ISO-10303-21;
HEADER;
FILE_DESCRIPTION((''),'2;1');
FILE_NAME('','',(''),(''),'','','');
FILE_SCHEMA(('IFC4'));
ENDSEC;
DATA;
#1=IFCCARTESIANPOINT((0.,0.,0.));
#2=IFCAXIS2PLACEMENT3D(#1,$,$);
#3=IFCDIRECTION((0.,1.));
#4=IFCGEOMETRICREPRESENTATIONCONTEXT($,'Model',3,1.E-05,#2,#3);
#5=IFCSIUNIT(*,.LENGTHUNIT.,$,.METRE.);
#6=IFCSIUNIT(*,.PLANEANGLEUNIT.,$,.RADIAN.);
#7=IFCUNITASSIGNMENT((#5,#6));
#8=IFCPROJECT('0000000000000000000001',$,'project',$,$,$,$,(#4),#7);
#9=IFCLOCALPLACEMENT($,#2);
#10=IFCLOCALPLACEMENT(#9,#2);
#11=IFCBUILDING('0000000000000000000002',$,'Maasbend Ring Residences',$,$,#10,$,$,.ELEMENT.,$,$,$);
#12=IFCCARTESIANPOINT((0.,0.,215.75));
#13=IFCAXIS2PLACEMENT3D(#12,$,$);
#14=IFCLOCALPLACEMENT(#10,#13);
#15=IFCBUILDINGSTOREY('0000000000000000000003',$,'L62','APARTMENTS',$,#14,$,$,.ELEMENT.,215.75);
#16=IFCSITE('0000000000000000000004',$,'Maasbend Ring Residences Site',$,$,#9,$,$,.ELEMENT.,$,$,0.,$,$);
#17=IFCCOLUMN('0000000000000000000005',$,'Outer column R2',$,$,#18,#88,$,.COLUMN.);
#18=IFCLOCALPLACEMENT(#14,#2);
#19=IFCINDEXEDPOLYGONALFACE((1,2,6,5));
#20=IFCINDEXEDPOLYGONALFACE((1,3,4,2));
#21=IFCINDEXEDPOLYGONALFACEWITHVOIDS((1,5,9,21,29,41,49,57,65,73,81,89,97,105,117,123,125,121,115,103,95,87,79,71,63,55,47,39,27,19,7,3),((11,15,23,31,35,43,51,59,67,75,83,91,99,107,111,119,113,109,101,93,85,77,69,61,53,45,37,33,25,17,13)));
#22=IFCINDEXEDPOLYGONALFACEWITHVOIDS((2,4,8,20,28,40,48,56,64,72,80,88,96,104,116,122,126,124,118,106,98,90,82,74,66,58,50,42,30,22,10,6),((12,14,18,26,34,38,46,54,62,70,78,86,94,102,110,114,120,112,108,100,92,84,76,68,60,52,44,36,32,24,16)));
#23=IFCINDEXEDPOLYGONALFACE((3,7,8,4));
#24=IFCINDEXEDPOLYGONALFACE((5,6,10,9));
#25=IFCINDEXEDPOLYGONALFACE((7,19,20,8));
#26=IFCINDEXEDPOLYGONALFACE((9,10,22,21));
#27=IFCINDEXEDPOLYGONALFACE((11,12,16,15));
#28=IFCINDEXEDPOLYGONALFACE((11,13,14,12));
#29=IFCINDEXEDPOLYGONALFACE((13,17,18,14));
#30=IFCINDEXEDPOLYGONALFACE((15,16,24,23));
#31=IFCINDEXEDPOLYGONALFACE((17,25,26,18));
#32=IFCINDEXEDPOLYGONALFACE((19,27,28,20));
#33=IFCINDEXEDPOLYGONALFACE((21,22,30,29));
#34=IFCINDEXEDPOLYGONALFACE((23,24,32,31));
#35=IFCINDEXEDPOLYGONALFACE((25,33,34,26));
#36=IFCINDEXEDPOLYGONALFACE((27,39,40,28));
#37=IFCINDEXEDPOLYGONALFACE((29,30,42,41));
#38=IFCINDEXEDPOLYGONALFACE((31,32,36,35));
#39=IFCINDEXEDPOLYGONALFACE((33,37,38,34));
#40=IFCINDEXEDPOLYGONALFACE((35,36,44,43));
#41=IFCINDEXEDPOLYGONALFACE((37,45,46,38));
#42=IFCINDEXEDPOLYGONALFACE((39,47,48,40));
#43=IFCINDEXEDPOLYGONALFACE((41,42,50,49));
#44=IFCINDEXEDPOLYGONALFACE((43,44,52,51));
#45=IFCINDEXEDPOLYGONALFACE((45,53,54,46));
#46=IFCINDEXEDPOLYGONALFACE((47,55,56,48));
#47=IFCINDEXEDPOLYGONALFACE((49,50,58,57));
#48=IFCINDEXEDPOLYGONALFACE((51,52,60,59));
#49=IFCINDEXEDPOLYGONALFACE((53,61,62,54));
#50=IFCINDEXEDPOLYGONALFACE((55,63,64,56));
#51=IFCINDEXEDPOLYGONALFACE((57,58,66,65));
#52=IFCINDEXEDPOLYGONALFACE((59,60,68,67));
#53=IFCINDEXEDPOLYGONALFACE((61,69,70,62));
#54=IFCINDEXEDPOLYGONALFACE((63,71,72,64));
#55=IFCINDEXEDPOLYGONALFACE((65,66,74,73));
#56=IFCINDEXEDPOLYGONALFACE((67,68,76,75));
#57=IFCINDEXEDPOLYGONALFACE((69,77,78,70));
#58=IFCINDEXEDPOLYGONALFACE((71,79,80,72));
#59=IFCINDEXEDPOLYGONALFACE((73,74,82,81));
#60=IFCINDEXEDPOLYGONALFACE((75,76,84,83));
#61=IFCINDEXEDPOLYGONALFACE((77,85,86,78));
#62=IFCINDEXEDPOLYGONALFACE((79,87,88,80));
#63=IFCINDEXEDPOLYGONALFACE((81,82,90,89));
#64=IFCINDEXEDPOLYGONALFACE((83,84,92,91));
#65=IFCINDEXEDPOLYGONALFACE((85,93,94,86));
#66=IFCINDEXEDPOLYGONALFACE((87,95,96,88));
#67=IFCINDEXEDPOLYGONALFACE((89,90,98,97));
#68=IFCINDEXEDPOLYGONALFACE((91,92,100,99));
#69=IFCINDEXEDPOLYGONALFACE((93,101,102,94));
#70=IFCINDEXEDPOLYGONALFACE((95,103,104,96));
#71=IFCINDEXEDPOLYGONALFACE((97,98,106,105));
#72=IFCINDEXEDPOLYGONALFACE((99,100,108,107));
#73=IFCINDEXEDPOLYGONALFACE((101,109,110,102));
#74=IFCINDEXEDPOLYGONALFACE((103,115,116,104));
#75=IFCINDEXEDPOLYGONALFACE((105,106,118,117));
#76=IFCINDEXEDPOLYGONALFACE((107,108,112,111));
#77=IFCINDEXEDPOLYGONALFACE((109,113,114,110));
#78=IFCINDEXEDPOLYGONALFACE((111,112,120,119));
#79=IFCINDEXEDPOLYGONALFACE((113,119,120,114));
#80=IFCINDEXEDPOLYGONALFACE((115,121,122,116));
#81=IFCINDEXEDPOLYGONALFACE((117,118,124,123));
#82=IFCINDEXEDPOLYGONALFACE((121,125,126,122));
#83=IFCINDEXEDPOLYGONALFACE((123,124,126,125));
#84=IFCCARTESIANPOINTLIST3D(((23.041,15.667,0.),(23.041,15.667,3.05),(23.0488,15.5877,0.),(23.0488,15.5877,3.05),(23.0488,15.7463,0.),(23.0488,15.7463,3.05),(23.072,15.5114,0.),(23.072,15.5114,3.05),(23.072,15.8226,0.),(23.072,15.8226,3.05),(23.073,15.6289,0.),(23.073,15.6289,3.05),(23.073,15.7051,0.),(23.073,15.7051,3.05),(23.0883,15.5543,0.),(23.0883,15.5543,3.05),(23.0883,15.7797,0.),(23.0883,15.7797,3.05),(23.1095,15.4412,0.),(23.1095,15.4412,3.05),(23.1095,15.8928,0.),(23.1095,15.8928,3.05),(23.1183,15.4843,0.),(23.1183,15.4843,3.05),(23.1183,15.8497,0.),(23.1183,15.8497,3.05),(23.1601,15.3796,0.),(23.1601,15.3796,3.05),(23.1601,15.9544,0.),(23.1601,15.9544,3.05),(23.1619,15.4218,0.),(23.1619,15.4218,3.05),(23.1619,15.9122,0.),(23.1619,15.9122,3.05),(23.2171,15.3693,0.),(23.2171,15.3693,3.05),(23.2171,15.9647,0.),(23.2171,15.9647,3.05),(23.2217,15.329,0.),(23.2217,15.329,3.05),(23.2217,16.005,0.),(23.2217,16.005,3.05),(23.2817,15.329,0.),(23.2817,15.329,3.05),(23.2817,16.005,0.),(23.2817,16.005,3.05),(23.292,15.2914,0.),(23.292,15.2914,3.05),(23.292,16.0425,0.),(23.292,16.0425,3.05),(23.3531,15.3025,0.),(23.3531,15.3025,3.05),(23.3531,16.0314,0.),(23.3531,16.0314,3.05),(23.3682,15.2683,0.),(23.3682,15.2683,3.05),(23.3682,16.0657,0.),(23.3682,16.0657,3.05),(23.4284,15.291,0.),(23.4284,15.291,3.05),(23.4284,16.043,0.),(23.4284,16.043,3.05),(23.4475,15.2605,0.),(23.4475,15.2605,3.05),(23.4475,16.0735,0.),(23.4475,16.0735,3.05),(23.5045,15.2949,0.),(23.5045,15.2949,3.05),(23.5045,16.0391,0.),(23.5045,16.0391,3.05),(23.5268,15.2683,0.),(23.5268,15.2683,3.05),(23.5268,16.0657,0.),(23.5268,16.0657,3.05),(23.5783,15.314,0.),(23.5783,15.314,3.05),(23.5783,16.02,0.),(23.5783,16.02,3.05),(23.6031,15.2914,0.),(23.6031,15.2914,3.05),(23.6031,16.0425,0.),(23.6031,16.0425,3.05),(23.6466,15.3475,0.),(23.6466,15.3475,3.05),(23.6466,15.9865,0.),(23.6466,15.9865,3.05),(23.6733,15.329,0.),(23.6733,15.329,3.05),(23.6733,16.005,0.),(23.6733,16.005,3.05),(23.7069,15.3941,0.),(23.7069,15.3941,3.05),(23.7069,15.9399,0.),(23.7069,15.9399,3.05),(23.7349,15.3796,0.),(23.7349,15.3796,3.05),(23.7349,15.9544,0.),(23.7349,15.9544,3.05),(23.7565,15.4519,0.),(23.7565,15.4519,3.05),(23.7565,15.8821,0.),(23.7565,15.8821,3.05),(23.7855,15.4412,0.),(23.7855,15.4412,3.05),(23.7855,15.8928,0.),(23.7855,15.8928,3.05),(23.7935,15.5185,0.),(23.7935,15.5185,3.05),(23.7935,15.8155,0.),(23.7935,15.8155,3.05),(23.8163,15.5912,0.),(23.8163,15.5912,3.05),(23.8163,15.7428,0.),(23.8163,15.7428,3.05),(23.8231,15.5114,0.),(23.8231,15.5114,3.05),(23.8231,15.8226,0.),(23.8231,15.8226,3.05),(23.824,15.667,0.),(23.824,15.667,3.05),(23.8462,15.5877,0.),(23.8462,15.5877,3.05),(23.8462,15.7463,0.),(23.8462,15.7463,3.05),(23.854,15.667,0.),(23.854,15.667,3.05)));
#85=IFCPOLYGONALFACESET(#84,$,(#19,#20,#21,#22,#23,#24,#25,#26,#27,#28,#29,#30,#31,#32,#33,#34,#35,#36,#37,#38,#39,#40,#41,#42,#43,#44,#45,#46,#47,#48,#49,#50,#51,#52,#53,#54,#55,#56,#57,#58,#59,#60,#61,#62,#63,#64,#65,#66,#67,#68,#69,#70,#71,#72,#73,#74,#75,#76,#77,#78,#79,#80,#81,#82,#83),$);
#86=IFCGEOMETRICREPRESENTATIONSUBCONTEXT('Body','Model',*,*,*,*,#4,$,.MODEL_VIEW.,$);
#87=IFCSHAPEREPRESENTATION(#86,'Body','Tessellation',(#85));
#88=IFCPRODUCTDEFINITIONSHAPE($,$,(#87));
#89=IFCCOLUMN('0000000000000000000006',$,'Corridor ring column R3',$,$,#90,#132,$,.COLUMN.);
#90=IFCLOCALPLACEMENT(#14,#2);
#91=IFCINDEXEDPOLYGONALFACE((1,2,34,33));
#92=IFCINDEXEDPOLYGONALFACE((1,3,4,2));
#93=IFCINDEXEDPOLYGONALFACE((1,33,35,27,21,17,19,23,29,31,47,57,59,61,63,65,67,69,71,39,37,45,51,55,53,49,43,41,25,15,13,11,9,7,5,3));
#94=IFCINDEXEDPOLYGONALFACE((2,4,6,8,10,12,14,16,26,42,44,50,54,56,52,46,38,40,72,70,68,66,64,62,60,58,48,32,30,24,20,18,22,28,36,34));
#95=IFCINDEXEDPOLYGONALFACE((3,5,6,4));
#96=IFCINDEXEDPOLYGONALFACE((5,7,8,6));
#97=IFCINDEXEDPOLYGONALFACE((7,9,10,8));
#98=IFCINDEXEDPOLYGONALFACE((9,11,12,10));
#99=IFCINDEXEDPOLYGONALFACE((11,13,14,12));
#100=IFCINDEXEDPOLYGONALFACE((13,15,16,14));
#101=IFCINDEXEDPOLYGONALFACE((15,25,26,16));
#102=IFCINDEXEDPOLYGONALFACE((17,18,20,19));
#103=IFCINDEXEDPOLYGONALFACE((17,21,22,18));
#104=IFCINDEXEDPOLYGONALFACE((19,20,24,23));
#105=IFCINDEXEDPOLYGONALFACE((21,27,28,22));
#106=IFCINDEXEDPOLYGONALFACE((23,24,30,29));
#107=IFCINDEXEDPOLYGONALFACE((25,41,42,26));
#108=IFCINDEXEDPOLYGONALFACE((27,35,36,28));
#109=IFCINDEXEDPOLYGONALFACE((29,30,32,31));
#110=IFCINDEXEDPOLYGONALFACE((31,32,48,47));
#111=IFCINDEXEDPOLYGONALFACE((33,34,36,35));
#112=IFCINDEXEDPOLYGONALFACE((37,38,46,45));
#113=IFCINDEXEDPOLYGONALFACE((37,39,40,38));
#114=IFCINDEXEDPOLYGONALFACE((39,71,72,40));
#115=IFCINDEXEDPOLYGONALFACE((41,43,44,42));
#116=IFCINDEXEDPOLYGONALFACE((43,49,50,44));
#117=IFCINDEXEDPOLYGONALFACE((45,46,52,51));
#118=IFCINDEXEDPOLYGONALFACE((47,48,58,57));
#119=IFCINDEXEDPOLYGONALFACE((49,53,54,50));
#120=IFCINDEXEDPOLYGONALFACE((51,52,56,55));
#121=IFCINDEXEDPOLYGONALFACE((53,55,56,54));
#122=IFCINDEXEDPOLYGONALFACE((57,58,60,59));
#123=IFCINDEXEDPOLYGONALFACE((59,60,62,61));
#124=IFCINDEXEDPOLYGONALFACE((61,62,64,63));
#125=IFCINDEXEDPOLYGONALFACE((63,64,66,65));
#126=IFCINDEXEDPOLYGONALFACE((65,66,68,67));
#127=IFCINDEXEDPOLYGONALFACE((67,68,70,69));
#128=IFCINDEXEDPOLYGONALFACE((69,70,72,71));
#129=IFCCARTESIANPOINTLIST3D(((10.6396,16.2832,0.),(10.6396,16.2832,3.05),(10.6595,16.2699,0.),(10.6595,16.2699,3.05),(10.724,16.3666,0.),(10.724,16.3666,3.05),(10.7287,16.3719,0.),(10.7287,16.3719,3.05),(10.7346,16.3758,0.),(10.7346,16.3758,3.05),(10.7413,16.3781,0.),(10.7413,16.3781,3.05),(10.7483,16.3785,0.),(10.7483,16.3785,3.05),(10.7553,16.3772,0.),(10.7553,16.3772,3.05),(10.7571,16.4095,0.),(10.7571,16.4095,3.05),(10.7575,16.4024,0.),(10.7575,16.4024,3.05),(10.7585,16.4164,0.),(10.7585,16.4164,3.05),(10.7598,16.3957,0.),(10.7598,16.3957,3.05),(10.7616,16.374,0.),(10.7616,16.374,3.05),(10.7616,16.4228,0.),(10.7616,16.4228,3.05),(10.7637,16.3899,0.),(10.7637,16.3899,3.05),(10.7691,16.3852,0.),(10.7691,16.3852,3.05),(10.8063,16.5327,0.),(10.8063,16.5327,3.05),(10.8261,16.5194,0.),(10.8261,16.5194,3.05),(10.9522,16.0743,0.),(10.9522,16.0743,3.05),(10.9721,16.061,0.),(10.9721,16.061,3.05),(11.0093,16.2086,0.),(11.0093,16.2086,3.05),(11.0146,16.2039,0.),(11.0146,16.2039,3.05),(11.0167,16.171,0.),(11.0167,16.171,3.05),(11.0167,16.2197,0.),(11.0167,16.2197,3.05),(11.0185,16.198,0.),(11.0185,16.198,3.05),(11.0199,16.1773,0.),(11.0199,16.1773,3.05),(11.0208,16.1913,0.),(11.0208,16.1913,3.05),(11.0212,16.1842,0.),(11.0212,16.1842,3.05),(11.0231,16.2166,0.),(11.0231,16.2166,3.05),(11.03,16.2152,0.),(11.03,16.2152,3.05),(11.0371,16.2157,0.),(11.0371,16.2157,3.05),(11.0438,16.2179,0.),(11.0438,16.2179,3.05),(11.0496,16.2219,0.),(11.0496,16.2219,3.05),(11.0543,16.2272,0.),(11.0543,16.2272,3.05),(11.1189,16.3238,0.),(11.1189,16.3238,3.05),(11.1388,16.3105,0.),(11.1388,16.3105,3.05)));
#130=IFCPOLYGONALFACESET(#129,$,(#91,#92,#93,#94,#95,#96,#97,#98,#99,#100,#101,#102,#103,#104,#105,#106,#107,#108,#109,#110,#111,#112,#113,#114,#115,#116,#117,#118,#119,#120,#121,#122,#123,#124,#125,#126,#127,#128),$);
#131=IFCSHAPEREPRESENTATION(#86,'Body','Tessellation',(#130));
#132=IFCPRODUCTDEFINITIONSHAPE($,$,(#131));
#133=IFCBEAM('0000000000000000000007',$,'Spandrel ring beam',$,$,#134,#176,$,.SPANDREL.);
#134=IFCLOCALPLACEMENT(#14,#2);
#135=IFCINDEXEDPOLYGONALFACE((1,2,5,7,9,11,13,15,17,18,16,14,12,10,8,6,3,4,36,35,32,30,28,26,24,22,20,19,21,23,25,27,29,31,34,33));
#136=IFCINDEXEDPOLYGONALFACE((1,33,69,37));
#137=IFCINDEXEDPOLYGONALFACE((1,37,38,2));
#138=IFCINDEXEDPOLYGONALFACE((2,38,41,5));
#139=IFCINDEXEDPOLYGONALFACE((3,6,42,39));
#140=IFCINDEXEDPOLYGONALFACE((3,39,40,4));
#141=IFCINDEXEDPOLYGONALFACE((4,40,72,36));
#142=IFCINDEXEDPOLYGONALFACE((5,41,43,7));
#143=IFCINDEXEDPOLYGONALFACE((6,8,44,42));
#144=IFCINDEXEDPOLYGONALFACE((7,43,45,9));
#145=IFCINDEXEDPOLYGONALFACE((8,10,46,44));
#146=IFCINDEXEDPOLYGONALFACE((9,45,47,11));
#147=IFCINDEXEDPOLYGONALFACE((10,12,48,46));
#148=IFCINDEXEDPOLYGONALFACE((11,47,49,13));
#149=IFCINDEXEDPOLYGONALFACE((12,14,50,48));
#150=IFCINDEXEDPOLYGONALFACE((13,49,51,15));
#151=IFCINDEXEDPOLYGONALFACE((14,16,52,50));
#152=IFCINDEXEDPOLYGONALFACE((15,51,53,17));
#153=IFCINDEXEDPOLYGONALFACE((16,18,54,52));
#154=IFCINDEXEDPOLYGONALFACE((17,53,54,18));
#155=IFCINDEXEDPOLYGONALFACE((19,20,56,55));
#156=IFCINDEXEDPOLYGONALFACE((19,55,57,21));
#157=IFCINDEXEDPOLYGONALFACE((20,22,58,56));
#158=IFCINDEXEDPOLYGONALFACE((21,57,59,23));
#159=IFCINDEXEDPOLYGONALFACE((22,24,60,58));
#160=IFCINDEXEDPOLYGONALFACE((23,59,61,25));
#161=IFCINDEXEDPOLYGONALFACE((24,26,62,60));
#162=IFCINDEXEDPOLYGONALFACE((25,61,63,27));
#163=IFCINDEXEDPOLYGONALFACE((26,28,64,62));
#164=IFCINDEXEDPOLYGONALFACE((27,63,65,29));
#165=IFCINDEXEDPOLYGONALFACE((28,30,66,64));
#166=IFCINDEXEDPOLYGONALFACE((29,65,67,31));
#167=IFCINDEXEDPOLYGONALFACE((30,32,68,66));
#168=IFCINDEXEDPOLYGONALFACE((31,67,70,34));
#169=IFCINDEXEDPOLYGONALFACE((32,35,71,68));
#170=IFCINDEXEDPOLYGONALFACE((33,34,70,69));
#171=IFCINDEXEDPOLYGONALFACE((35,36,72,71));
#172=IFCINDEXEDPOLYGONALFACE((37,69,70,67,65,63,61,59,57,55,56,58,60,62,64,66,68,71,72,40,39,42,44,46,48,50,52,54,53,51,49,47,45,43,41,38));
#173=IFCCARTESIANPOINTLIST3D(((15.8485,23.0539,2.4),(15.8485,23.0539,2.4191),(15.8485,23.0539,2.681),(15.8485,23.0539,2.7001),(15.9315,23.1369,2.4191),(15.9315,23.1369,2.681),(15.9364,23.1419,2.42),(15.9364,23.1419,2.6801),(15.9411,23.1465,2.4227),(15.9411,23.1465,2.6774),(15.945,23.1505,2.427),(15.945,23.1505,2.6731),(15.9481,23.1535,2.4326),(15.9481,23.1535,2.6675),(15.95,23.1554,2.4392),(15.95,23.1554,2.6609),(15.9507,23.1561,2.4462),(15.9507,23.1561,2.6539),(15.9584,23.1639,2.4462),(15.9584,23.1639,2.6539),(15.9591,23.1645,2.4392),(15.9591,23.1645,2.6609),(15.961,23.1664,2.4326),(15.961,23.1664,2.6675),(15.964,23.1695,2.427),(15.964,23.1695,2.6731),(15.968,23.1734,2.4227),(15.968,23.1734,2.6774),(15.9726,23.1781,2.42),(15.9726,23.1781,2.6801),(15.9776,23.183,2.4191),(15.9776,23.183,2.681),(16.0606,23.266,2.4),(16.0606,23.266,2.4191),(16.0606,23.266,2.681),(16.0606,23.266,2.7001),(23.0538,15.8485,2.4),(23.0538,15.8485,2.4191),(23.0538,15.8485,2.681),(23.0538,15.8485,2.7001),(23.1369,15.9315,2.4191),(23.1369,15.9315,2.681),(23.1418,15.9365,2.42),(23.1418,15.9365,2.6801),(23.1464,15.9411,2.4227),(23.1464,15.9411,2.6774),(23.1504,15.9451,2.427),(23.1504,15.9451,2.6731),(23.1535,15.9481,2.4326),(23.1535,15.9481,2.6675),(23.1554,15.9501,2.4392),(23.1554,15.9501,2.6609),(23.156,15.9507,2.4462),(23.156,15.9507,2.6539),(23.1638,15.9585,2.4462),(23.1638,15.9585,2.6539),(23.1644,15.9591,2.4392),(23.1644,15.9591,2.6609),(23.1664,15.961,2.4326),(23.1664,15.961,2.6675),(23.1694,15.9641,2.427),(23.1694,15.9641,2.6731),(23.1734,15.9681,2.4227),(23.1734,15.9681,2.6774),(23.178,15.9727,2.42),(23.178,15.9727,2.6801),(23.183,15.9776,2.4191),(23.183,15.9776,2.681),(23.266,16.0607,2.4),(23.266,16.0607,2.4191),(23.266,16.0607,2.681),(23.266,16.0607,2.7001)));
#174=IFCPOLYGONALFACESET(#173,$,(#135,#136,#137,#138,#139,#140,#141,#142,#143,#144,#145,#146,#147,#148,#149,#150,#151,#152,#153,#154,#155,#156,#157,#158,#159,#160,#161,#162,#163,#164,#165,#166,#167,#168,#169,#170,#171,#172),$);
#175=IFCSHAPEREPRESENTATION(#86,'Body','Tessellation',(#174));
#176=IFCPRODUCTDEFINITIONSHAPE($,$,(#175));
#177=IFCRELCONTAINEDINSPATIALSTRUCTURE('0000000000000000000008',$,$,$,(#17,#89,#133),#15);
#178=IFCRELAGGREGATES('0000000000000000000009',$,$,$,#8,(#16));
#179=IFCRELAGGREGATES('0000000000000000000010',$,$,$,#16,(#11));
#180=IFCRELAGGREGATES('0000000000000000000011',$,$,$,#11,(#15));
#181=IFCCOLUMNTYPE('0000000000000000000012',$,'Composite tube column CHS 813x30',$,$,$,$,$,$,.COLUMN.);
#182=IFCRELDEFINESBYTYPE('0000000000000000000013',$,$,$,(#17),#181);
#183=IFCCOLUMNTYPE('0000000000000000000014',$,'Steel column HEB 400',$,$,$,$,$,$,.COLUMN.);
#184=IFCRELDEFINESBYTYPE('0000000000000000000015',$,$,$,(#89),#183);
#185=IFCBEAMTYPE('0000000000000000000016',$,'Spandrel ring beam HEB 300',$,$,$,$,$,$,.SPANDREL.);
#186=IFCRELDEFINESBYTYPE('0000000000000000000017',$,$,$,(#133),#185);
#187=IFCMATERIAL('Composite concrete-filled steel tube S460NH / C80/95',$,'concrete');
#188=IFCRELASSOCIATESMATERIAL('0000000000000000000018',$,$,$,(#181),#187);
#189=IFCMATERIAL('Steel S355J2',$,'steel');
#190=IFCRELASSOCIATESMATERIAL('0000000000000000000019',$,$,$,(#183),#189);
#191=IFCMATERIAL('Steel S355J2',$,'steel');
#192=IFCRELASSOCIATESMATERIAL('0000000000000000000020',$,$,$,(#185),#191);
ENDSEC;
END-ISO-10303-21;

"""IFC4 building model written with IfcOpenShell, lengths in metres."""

from ifc_helpers import new_model, si_unit, direction, frame, origin, origin_2d, place, context, subcontext, project, spatial, hollow_circle, i_section, extrude, material, material_profile, profile_set, type_object, element, save


model = new_model("IFC4")

# Units and contexts
model_context = context("Model", 3, precision=1e-05, world=origin(), true_north=direction((0.0, 1.0)))
body_context = subcontext(model_context, "Body", "Model", "MODEL_VIEW")
ifc_project = project(units=[si_unit("LENGTHUNIT", "METRE"), si_unit("PLANEANGLEUNIT", "RADIAN")], contexts=[model_context])

# Site, building, storey
site_placement = place(None, origin())
site = spatial("IfcSite", under=ifc_project, at=site_placement, Name="Maasbend Ring Residences Site", CompositionType="ELEMENT", RefElevation=0.0)
building_placement = place(site_placement, origin())
building = spatial("IfcBuilding", under=site, at=building_placement, Name="Maasbend Ring Residences", CompositionType="ELEMENT")
storey_placement = place(building_placement, frame((0.0, 0.0, 215.75)))
storey = spatial("IfcBuildingStorey", under=building, at=storey_placement, Name="L62", Description="APARTMENTS", CompositionType="ELEMENT", Elevation=215.75)

# Columns
ifc_material_1 = material(Name="Composite concrete-filled steel tube S460NH / C80/95", Category="concrete")
ifc_material_profile_1 = material_profile(ifc_material_1, hollow_circle(Radius=0.4065, WallThickness=0.03, at=origin_2d()), Name="Composite tube column CHS 813x30")
ifc_profile_set_1 = profile_set([ifc_material_profile_1], Name="Composite concrete-filled steel tube S460NH / C80/95")
column_type_1 = type_object("IfcColumnType", Name="Composite tube column CHS 813x30", PredefinedType="COLUMN", material=ifc_profile_set_1)
column_1_placement = place(storey_placement, frame((23.4475, 15.667, 0.0), z_axis=(0.0, 0.0, 1.0), x_axis=(1.0, 0.0, 0.0)))
element("IfcColumn", 1, at=column_1_placement, inside=storey, type_object=column_type_1, Name="Outer column R2", PredefinedType="COLUMN", context=body_context, shape_type="SweptSolid", body=[
    extrude(hollow_circle(Radius=0.4065, WallThickness=0.03, at=origin_2d()), origin(), (0.0, 0.0, 1.0), 3.05),
])
ifc_material_2 = material(Name="Steel S355J2", Category="steel")
ifc_material_profile_2 = material_profile(ifc_material_2, i_section(OverallWidth=0.3, OverallDepth=0.3999, WebThickness=0.0134, FlangeThickness=0.0239, FilletRadius=0.0271, at=origin_2d()), Name="HEB 400")
ifc_profile_set_2 = profile_set([ifc_material_profile_2], Name="Steel S355J2")
column_type_2 = type_object("IfcColumnType", Name="Steel column HEB 400", PredefinedType="COLUMN", material=ifc_profile_set_2)
column_2_placement = place(storey_placement, frame((10.8892, 16.2969, 0.0), z_axis=(0.0, 0.0, 1.0), x_axis=(0.55557, 0.83147, 0.0)))
element("IfcColumn", 2, at=column_2_placement, inside=storey, type_object=column_type_2, Name="Corridor ring column R3", PredefinedType="COLUMN", context=body_context, shape_type="SweptSolid", body=[
    extrude(i_section(OverallWidth=0.3, OverallDepth=0.3999, WebThickness=0.0134, FlangeThickness=0.0239, FilletRadius=0.0271, at=origin_2d()), origin(), (0.0, 0.0, 1.0), 3.05),
])

# Beam
ifc_material_3 = material(Name="Steel S355J2", Category="steel")
ifc_material_profile_3 = material_profile(ifc_material_3, i_section(OverallWidth=0.3, OverallDepth=0.3, WebThickness=0.011, FlangeThickness=0.019, FilletRadius=0.0271, at=origin_2d()), Name="HEB 300")
ifc_profile_set_3 = profile_set([ifc_material_profile_3], Name="Steel S355J2")
beam_type = type_object("IfcBeamType", Name="Spandrel ring beam HEB 300", PredefinedType="SPANDREL", material=ifc_profile_set_3)
beam_placement = place(storey_placement, frame((23.1599, 15.9546, 2.55), z_axis=(-0.707107, 0.707107, 0.0), x_axis=(-0.707107, -0.707107, 0.0)))
element("IfcBeam", 3, at=beam_placement, inside=storey, type_object=beam_type, Name="Spandrel ring beam", PredefinedType="SPANDREL", context=body_context, shape_type="SweptSolid", body=[
    extrude(i_section(OverallWidth=0.3, OverallDepth=0.3, WebThickness=0.011, FlangeThickness=0.019, FilletRadius=0.0271, at=origin_2d()), origin(), (0.0, 0.0, 1.0), 10.1899),
])

save(model, "model.ifc")
